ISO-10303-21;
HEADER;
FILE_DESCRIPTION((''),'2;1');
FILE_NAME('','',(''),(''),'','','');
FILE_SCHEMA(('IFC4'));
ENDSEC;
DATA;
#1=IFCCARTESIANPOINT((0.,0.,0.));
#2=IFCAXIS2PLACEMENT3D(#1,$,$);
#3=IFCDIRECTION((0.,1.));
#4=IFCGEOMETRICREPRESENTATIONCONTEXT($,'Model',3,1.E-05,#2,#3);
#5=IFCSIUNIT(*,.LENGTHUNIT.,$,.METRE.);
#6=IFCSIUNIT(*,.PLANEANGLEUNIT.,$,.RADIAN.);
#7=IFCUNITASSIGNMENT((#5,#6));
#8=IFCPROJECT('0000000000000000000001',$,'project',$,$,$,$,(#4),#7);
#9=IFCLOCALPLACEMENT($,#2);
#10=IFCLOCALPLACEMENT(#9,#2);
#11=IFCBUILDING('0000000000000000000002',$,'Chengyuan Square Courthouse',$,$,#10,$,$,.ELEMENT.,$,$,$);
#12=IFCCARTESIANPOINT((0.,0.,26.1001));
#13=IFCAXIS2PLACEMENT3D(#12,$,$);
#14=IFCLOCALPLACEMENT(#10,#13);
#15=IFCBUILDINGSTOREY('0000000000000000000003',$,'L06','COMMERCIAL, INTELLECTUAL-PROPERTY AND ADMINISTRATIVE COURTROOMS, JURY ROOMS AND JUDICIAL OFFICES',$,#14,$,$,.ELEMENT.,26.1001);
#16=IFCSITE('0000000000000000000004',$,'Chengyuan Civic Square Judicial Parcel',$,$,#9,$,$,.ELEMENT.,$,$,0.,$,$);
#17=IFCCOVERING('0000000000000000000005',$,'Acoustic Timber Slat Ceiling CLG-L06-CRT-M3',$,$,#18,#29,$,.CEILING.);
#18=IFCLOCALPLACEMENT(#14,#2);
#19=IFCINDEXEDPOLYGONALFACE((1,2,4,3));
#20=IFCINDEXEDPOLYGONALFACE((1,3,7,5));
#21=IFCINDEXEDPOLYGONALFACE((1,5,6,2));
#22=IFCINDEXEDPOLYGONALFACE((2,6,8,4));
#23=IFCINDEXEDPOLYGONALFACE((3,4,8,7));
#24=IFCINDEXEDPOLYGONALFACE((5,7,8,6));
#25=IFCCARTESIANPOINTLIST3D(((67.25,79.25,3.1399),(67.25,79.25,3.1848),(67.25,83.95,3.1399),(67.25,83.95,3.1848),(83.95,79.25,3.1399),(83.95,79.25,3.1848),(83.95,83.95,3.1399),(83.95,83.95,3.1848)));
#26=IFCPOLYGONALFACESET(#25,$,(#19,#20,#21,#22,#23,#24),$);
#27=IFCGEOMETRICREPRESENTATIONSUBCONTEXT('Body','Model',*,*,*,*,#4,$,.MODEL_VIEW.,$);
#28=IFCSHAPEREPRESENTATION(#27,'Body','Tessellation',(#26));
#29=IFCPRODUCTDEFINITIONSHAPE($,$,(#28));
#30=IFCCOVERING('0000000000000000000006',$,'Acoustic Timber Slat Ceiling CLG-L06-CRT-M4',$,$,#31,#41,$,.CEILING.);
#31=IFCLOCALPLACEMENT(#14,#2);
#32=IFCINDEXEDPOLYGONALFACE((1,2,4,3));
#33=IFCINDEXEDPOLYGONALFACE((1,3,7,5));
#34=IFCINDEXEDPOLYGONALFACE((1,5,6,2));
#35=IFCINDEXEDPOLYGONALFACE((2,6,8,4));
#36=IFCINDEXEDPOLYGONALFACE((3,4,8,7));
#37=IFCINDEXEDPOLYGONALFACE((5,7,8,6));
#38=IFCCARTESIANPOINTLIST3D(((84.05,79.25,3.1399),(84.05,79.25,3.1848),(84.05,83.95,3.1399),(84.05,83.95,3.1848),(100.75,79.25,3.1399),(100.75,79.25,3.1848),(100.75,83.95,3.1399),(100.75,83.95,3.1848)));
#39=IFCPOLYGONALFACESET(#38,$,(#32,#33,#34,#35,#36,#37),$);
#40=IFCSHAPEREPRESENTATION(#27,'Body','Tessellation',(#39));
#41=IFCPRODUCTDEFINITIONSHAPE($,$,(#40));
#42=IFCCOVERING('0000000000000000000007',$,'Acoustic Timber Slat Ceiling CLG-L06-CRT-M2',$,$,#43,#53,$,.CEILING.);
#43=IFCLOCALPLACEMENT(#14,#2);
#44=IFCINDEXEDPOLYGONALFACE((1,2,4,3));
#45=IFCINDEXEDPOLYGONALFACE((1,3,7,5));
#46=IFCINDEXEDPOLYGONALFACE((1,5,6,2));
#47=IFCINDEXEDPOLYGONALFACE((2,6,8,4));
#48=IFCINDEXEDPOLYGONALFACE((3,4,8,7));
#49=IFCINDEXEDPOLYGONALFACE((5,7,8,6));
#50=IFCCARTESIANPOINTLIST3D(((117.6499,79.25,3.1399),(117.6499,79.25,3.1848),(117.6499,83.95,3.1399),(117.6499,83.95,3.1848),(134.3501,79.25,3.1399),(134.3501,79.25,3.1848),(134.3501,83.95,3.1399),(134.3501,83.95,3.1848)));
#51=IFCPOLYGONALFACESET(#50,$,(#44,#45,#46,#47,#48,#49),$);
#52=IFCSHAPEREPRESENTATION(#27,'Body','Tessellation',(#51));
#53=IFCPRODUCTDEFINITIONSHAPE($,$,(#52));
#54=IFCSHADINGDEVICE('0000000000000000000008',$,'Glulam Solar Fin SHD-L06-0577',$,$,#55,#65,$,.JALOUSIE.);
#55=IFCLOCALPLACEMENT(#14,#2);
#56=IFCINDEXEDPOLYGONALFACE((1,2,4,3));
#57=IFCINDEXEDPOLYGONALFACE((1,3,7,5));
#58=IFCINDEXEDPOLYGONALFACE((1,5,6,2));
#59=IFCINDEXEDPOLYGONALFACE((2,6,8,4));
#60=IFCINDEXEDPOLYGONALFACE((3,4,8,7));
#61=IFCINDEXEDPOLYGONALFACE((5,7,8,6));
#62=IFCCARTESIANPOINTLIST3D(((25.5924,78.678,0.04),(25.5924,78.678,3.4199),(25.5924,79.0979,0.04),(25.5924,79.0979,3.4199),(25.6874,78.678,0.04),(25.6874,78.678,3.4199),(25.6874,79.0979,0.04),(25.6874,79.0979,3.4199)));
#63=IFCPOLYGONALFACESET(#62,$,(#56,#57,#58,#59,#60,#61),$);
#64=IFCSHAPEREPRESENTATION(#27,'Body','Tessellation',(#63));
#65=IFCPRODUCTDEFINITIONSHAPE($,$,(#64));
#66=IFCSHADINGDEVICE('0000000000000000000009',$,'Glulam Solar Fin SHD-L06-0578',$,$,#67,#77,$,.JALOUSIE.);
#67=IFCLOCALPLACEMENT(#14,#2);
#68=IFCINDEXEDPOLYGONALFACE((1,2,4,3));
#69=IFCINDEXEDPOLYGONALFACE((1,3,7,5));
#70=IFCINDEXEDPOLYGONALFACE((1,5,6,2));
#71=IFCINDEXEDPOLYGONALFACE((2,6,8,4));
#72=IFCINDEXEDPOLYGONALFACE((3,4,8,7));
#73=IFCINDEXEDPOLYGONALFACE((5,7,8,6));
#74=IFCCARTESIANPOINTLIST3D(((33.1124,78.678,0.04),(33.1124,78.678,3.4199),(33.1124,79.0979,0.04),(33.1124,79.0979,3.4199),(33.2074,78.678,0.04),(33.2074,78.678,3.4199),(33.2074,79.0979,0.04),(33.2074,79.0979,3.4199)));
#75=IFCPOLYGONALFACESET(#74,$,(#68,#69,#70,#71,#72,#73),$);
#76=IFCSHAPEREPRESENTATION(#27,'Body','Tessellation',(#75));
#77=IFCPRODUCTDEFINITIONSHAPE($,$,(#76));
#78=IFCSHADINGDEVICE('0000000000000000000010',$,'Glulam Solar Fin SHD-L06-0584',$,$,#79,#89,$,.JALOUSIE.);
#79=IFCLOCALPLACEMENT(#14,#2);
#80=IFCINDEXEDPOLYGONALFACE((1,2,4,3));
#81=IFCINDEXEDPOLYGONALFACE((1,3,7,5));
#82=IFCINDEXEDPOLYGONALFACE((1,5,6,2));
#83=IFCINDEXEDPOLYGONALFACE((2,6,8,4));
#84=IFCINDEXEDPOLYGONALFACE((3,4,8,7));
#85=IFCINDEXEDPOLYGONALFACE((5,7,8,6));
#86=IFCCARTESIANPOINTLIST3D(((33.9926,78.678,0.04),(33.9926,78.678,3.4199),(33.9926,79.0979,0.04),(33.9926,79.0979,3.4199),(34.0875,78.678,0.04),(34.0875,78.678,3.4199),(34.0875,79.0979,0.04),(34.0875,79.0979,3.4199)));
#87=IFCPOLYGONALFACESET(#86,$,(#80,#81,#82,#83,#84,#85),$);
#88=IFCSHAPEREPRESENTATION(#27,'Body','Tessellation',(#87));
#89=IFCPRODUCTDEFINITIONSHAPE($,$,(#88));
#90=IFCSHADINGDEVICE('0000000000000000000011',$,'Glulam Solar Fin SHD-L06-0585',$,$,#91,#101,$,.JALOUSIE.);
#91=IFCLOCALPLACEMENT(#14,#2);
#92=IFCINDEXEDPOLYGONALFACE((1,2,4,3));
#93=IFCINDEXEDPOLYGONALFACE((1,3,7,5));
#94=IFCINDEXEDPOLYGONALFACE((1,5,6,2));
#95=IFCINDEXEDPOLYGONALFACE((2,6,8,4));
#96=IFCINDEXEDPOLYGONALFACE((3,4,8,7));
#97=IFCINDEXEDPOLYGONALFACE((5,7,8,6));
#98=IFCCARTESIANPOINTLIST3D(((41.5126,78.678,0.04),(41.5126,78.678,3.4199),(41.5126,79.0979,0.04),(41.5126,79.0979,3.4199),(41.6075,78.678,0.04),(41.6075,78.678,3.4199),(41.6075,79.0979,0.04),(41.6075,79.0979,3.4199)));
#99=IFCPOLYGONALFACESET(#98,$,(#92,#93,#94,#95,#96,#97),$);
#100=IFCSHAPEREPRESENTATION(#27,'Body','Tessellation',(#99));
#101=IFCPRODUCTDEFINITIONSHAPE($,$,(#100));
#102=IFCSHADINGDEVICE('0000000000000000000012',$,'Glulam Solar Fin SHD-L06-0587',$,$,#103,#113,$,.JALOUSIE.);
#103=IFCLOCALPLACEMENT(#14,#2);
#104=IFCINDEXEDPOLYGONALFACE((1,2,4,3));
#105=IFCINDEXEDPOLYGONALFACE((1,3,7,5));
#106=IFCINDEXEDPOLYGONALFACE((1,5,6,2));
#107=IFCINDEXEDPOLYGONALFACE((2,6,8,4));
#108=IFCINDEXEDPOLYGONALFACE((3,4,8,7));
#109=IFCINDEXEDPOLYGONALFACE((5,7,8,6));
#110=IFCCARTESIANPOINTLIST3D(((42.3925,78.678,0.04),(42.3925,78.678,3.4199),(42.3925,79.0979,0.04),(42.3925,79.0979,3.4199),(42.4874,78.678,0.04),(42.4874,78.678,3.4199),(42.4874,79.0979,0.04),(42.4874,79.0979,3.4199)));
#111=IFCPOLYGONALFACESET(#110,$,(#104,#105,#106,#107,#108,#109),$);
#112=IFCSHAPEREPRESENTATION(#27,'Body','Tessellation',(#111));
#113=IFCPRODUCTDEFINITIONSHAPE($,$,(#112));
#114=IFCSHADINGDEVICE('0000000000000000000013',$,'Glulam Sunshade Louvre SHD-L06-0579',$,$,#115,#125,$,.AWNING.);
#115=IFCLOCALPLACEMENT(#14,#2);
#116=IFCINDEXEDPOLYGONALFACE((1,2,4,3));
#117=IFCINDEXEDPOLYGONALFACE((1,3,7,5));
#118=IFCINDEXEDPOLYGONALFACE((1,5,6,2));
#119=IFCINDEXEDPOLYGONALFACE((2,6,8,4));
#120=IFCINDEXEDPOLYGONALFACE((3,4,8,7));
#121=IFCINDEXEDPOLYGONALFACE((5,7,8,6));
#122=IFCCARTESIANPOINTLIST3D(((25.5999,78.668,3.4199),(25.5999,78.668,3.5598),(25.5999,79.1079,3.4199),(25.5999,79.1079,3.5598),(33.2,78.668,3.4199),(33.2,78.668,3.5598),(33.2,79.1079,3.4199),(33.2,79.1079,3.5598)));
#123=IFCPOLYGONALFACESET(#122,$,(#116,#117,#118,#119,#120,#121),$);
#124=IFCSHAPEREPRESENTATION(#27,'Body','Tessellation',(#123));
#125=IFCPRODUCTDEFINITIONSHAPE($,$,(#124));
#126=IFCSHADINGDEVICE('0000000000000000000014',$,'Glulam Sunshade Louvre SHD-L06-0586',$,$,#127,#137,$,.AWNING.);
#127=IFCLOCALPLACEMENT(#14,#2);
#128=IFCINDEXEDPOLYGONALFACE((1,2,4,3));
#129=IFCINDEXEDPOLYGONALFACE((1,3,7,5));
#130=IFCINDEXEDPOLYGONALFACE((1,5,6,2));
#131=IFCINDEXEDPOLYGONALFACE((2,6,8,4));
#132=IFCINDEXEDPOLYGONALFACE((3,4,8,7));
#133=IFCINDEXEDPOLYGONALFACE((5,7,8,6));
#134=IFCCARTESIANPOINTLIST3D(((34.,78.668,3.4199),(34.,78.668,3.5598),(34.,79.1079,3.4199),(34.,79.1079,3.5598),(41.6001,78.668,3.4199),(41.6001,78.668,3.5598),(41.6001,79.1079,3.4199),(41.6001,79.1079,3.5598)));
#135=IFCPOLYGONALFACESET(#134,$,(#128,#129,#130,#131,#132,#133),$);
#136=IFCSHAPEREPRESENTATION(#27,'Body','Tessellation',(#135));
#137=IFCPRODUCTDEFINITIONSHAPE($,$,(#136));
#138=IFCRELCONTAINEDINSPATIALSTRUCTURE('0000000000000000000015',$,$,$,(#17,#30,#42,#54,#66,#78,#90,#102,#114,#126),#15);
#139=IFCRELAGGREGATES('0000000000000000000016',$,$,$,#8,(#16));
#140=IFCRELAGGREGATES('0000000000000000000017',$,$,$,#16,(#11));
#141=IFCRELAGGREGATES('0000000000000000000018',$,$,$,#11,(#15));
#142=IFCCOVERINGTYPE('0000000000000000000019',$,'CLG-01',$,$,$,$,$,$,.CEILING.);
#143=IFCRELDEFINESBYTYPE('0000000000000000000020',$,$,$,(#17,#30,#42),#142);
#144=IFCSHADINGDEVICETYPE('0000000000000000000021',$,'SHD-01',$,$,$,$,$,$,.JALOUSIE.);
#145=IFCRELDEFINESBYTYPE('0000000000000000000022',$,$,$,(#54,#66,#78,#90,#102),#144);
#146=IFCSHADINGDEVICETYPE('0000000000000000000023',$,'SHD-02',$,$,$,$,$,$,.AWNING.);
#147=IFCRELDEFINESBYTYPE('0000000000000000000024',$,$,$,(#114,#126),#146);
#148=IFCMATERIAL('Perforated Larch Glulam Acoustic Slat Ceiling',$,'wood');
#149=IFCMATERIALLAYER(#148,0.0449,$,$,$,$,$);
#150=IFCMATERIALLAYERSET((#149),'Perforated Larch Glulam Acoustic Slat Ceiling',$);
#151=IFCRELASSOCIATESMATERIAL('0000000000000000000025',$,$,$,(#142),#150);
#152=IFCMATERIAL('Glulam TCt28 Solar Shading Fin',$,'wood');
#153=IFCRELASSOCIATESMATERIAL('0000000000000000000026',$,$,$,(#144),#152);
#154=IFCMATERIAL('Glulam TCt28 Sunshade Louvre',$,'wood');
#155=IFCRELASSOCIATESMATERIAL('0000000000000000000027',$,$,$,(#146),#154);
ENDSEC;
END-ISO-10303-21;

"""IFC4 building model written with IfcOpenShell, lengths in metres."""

from ifc_helpers import new_model, si_unit, direction, frame, origin, origin_2d, place, context, subcontext, project, spatial, polyline, rectangle, outline, extrude, material, layer, layer_set, type_object, element, save


model = new_model("IFC4")

# Units and contexts
model_context = context("Model", 3, precision=1e-05, world=origin(), true_north=direction((0.0, 1.0)))
body_context = subcontext(model_context, "Body", "Model", "MODEL_VIEW")
ifc_project = project(units=[si_unit("LENGTHUNIT", "METRE"), si_unit("PLANEANGLEUNIT", "RADIAN")], contexts=[model_context])

# Site, building, storey
site_placement = place(None, origin())
site = spatial("IfcSite", under=ifc_project, at=site_placement, Name="Chengyuan Civic Square Judicial Parcel", CompositionType="ELEMENT", RefElevation=0.0)
building_placement = place(site_placement, origin())
building = spatial("IfcBuilding", under=site, at=building_placement, Name="Chengyuan Square Courthouse", CompositionType="ELEMENT")
storey_placement = place(building_placement, frame((0.0, 0.0, 26.1001)))
storey = spatial("IfcBuildingStorey", under=building, at=storey_placement, Name="L06", Description="COMMERCIAL, INTELLECTUAL-PROPERTY AND ADMINISTRATIVE COURTROOMS, JURY ROOMS AND JUDICIAL OFFICES", CompositionType="ELEMENT", Elevation=26.1001)

# Coverings
ifc_material_1 = material(Name="Perforated Larch Glulam Acoustic Slat Ceiling", Category="wood")
ifc_layer_1 = layer(ifc_material_1, 0.0449)
ifc_layer_set_1 = layer_set([ifc_layer_1], Name="Perforated Larch Glulam Acoustic Slat Ceiling")
covering_type = type_object("IfcCoveringType", Name="CLG-01", PredefinedType="CEILING", material=ifc_layer_set_1)
covering_1_placement = place(storey_placement, frame((0.0, 0.0, 3.1399)))
element("IfcCovering", 1, at=covering_1_placement, inside=storey, type_object=covering_type, Name="Acoustic Timber Slat Ceiling CLG-L06-CRT-M3", PredefinedType="CEILING", context=body_context, shape_type="SweptSolid", body=[
    extrude(outline(polyline([(67.25, 79.25), (83.95, 79.25), (83.95, 83.95), (67.25, 83.95), (67.25, 79.25)])), origin(), (0.0, 0.0, 1.0), 0.0449),
])
covering_2_placement = place(storey_placement, frame((0.0, 0.0, 3.1399)))
element("IfcCovering", 2, at=covering_2_placement, inside=storey, type_object=covering_type, Name="Acoustic Timber Slat Ceiling CLG-L06-CRT-M4", PredefinedType="CEILING", context=body_context, shape_type="SweptSolid", body=[
    extrude(outline(polyline([(84.05, 79.25), (100.75, 79.25), (100.75, 83.95), (84.05, 83.95), (84.05, 79.25)])), origin(), (0.0, 0.0, 1.0), 0.0449),
])
covering_3_placement = place(storey_placement, frame((0.0, 0.0, 3.1399)))
element("IfcCovering", 3, at=covering_3_placement, inside=storey, type_object=covering_type, Name="Acoustic Timber Slat Ceiling CLG-L06-CRT-M2", PredefinedType="CEILING", context=body_context, shape_type="SweptSolid", body=[
    extrude(outline(polyline([(117.6499, 79.25), (134.3501, 79.25), (134.3501, 83.95), (117.6499, 83.95), (117.6499, 79.25)])), origin(), (0.0, 0.0, 1.0), 0.0449),
])

# Shading devices
ifc_material_2 = material(Name="Glulam TCt28 Solar Shading Fin", Category="wood")
shading_device_type_1 = type_object("IfcShadingDeviceType", Name="SHD-01", PredefinedType="JALOUSIE", material=ifc_material_2)
for number, where, z_axis, x_axis, name in (
    (4, (25.6399, 78.8879, 0.04), (0.0, 0.0, 1.0), (0.0, 1.0, 0.0), "Glulam Solar Fin SHD-L06-0577"),
    (5, (33.1599, 78.8879, 0.04), (0.0, 0.0, 1.0), (0.0, 1.0, 0.0), "Glulam Solar Fin SHD-L06-0578"),
    (6, (34.04, 78.8879, 0.04), (0.0, 0.0, 1.0), (0.0, 1.0, 0.0), "Glulam Solar Fin SHD-L06-0584"),
    (7, (41.5601, 78.8879, 0.04), (0.0, 0.0, 1.0), (0.0, 1.0, 0.0), "Glulam Solar Fin SHD-L06-0585"),
    (8, (42.4399, 78.8879, 0.04), (0.0, 0.0, 1.0), (0.0, 1.0, 0.0), "Glulam Solar Fin SHD-L06-0587"),
):
    element("IfcShadingDevice", number, at=place(storey_placement, frame(where, z_axis=z_axis, x_axis=x_axis)), inside=storey, type_object=shading_device_type_1, Name=name, PredefinedType="JALOUSIE", context=body_context, shape_type="SweptSolid", body=[
        extrude(rectangle(XDim=0.4199, YDim=0.095, at=origin_2d()), origin(), (0.0, 0.0, 1.0), 3.3799),
    ])
ifc_material_3 = material(Name="Glulam TCt28 Sunshade Louvre", Category="wood")
shading_device_type_2 = type_object("IfcShadingDeviceType", Name="SHD-02", PredefinedType="AWNING", material=ifc_material_3)
for number, where, z_axis, x_axis, name in (
    (9, (29.3999, 78.8879, 3.4199), (0.0, 0.0, 1.0), (1.0, 0.0, 0.0), "Glulam Sunshade Louvre SHD-L06-0579"),
    (10, (37.8, 78.8879, 3.4199), (0.0, 0.0, 1.0), (1.0, 0.0, 0.0), "Glulam Sunshade Louvre SHD-L06-0586"),
):
    element("IfcShadingDevice", number, at=place(storey_placement, frame(where, z_axis=z_axis, x_axis=x_axis)), inside=storey, type_object=shading_device_type_2, Name=name, PredefinedType="AWNING", context=body_context, shape_type="SweptSolid", body=[
        extrude(rectangle(XDim=7.6001, YDim=0.4399, at=origin_2d()), origin(), (0.0, 0.0, 1.0), 0.1399),
    ])

save(model, "model.ifc")
